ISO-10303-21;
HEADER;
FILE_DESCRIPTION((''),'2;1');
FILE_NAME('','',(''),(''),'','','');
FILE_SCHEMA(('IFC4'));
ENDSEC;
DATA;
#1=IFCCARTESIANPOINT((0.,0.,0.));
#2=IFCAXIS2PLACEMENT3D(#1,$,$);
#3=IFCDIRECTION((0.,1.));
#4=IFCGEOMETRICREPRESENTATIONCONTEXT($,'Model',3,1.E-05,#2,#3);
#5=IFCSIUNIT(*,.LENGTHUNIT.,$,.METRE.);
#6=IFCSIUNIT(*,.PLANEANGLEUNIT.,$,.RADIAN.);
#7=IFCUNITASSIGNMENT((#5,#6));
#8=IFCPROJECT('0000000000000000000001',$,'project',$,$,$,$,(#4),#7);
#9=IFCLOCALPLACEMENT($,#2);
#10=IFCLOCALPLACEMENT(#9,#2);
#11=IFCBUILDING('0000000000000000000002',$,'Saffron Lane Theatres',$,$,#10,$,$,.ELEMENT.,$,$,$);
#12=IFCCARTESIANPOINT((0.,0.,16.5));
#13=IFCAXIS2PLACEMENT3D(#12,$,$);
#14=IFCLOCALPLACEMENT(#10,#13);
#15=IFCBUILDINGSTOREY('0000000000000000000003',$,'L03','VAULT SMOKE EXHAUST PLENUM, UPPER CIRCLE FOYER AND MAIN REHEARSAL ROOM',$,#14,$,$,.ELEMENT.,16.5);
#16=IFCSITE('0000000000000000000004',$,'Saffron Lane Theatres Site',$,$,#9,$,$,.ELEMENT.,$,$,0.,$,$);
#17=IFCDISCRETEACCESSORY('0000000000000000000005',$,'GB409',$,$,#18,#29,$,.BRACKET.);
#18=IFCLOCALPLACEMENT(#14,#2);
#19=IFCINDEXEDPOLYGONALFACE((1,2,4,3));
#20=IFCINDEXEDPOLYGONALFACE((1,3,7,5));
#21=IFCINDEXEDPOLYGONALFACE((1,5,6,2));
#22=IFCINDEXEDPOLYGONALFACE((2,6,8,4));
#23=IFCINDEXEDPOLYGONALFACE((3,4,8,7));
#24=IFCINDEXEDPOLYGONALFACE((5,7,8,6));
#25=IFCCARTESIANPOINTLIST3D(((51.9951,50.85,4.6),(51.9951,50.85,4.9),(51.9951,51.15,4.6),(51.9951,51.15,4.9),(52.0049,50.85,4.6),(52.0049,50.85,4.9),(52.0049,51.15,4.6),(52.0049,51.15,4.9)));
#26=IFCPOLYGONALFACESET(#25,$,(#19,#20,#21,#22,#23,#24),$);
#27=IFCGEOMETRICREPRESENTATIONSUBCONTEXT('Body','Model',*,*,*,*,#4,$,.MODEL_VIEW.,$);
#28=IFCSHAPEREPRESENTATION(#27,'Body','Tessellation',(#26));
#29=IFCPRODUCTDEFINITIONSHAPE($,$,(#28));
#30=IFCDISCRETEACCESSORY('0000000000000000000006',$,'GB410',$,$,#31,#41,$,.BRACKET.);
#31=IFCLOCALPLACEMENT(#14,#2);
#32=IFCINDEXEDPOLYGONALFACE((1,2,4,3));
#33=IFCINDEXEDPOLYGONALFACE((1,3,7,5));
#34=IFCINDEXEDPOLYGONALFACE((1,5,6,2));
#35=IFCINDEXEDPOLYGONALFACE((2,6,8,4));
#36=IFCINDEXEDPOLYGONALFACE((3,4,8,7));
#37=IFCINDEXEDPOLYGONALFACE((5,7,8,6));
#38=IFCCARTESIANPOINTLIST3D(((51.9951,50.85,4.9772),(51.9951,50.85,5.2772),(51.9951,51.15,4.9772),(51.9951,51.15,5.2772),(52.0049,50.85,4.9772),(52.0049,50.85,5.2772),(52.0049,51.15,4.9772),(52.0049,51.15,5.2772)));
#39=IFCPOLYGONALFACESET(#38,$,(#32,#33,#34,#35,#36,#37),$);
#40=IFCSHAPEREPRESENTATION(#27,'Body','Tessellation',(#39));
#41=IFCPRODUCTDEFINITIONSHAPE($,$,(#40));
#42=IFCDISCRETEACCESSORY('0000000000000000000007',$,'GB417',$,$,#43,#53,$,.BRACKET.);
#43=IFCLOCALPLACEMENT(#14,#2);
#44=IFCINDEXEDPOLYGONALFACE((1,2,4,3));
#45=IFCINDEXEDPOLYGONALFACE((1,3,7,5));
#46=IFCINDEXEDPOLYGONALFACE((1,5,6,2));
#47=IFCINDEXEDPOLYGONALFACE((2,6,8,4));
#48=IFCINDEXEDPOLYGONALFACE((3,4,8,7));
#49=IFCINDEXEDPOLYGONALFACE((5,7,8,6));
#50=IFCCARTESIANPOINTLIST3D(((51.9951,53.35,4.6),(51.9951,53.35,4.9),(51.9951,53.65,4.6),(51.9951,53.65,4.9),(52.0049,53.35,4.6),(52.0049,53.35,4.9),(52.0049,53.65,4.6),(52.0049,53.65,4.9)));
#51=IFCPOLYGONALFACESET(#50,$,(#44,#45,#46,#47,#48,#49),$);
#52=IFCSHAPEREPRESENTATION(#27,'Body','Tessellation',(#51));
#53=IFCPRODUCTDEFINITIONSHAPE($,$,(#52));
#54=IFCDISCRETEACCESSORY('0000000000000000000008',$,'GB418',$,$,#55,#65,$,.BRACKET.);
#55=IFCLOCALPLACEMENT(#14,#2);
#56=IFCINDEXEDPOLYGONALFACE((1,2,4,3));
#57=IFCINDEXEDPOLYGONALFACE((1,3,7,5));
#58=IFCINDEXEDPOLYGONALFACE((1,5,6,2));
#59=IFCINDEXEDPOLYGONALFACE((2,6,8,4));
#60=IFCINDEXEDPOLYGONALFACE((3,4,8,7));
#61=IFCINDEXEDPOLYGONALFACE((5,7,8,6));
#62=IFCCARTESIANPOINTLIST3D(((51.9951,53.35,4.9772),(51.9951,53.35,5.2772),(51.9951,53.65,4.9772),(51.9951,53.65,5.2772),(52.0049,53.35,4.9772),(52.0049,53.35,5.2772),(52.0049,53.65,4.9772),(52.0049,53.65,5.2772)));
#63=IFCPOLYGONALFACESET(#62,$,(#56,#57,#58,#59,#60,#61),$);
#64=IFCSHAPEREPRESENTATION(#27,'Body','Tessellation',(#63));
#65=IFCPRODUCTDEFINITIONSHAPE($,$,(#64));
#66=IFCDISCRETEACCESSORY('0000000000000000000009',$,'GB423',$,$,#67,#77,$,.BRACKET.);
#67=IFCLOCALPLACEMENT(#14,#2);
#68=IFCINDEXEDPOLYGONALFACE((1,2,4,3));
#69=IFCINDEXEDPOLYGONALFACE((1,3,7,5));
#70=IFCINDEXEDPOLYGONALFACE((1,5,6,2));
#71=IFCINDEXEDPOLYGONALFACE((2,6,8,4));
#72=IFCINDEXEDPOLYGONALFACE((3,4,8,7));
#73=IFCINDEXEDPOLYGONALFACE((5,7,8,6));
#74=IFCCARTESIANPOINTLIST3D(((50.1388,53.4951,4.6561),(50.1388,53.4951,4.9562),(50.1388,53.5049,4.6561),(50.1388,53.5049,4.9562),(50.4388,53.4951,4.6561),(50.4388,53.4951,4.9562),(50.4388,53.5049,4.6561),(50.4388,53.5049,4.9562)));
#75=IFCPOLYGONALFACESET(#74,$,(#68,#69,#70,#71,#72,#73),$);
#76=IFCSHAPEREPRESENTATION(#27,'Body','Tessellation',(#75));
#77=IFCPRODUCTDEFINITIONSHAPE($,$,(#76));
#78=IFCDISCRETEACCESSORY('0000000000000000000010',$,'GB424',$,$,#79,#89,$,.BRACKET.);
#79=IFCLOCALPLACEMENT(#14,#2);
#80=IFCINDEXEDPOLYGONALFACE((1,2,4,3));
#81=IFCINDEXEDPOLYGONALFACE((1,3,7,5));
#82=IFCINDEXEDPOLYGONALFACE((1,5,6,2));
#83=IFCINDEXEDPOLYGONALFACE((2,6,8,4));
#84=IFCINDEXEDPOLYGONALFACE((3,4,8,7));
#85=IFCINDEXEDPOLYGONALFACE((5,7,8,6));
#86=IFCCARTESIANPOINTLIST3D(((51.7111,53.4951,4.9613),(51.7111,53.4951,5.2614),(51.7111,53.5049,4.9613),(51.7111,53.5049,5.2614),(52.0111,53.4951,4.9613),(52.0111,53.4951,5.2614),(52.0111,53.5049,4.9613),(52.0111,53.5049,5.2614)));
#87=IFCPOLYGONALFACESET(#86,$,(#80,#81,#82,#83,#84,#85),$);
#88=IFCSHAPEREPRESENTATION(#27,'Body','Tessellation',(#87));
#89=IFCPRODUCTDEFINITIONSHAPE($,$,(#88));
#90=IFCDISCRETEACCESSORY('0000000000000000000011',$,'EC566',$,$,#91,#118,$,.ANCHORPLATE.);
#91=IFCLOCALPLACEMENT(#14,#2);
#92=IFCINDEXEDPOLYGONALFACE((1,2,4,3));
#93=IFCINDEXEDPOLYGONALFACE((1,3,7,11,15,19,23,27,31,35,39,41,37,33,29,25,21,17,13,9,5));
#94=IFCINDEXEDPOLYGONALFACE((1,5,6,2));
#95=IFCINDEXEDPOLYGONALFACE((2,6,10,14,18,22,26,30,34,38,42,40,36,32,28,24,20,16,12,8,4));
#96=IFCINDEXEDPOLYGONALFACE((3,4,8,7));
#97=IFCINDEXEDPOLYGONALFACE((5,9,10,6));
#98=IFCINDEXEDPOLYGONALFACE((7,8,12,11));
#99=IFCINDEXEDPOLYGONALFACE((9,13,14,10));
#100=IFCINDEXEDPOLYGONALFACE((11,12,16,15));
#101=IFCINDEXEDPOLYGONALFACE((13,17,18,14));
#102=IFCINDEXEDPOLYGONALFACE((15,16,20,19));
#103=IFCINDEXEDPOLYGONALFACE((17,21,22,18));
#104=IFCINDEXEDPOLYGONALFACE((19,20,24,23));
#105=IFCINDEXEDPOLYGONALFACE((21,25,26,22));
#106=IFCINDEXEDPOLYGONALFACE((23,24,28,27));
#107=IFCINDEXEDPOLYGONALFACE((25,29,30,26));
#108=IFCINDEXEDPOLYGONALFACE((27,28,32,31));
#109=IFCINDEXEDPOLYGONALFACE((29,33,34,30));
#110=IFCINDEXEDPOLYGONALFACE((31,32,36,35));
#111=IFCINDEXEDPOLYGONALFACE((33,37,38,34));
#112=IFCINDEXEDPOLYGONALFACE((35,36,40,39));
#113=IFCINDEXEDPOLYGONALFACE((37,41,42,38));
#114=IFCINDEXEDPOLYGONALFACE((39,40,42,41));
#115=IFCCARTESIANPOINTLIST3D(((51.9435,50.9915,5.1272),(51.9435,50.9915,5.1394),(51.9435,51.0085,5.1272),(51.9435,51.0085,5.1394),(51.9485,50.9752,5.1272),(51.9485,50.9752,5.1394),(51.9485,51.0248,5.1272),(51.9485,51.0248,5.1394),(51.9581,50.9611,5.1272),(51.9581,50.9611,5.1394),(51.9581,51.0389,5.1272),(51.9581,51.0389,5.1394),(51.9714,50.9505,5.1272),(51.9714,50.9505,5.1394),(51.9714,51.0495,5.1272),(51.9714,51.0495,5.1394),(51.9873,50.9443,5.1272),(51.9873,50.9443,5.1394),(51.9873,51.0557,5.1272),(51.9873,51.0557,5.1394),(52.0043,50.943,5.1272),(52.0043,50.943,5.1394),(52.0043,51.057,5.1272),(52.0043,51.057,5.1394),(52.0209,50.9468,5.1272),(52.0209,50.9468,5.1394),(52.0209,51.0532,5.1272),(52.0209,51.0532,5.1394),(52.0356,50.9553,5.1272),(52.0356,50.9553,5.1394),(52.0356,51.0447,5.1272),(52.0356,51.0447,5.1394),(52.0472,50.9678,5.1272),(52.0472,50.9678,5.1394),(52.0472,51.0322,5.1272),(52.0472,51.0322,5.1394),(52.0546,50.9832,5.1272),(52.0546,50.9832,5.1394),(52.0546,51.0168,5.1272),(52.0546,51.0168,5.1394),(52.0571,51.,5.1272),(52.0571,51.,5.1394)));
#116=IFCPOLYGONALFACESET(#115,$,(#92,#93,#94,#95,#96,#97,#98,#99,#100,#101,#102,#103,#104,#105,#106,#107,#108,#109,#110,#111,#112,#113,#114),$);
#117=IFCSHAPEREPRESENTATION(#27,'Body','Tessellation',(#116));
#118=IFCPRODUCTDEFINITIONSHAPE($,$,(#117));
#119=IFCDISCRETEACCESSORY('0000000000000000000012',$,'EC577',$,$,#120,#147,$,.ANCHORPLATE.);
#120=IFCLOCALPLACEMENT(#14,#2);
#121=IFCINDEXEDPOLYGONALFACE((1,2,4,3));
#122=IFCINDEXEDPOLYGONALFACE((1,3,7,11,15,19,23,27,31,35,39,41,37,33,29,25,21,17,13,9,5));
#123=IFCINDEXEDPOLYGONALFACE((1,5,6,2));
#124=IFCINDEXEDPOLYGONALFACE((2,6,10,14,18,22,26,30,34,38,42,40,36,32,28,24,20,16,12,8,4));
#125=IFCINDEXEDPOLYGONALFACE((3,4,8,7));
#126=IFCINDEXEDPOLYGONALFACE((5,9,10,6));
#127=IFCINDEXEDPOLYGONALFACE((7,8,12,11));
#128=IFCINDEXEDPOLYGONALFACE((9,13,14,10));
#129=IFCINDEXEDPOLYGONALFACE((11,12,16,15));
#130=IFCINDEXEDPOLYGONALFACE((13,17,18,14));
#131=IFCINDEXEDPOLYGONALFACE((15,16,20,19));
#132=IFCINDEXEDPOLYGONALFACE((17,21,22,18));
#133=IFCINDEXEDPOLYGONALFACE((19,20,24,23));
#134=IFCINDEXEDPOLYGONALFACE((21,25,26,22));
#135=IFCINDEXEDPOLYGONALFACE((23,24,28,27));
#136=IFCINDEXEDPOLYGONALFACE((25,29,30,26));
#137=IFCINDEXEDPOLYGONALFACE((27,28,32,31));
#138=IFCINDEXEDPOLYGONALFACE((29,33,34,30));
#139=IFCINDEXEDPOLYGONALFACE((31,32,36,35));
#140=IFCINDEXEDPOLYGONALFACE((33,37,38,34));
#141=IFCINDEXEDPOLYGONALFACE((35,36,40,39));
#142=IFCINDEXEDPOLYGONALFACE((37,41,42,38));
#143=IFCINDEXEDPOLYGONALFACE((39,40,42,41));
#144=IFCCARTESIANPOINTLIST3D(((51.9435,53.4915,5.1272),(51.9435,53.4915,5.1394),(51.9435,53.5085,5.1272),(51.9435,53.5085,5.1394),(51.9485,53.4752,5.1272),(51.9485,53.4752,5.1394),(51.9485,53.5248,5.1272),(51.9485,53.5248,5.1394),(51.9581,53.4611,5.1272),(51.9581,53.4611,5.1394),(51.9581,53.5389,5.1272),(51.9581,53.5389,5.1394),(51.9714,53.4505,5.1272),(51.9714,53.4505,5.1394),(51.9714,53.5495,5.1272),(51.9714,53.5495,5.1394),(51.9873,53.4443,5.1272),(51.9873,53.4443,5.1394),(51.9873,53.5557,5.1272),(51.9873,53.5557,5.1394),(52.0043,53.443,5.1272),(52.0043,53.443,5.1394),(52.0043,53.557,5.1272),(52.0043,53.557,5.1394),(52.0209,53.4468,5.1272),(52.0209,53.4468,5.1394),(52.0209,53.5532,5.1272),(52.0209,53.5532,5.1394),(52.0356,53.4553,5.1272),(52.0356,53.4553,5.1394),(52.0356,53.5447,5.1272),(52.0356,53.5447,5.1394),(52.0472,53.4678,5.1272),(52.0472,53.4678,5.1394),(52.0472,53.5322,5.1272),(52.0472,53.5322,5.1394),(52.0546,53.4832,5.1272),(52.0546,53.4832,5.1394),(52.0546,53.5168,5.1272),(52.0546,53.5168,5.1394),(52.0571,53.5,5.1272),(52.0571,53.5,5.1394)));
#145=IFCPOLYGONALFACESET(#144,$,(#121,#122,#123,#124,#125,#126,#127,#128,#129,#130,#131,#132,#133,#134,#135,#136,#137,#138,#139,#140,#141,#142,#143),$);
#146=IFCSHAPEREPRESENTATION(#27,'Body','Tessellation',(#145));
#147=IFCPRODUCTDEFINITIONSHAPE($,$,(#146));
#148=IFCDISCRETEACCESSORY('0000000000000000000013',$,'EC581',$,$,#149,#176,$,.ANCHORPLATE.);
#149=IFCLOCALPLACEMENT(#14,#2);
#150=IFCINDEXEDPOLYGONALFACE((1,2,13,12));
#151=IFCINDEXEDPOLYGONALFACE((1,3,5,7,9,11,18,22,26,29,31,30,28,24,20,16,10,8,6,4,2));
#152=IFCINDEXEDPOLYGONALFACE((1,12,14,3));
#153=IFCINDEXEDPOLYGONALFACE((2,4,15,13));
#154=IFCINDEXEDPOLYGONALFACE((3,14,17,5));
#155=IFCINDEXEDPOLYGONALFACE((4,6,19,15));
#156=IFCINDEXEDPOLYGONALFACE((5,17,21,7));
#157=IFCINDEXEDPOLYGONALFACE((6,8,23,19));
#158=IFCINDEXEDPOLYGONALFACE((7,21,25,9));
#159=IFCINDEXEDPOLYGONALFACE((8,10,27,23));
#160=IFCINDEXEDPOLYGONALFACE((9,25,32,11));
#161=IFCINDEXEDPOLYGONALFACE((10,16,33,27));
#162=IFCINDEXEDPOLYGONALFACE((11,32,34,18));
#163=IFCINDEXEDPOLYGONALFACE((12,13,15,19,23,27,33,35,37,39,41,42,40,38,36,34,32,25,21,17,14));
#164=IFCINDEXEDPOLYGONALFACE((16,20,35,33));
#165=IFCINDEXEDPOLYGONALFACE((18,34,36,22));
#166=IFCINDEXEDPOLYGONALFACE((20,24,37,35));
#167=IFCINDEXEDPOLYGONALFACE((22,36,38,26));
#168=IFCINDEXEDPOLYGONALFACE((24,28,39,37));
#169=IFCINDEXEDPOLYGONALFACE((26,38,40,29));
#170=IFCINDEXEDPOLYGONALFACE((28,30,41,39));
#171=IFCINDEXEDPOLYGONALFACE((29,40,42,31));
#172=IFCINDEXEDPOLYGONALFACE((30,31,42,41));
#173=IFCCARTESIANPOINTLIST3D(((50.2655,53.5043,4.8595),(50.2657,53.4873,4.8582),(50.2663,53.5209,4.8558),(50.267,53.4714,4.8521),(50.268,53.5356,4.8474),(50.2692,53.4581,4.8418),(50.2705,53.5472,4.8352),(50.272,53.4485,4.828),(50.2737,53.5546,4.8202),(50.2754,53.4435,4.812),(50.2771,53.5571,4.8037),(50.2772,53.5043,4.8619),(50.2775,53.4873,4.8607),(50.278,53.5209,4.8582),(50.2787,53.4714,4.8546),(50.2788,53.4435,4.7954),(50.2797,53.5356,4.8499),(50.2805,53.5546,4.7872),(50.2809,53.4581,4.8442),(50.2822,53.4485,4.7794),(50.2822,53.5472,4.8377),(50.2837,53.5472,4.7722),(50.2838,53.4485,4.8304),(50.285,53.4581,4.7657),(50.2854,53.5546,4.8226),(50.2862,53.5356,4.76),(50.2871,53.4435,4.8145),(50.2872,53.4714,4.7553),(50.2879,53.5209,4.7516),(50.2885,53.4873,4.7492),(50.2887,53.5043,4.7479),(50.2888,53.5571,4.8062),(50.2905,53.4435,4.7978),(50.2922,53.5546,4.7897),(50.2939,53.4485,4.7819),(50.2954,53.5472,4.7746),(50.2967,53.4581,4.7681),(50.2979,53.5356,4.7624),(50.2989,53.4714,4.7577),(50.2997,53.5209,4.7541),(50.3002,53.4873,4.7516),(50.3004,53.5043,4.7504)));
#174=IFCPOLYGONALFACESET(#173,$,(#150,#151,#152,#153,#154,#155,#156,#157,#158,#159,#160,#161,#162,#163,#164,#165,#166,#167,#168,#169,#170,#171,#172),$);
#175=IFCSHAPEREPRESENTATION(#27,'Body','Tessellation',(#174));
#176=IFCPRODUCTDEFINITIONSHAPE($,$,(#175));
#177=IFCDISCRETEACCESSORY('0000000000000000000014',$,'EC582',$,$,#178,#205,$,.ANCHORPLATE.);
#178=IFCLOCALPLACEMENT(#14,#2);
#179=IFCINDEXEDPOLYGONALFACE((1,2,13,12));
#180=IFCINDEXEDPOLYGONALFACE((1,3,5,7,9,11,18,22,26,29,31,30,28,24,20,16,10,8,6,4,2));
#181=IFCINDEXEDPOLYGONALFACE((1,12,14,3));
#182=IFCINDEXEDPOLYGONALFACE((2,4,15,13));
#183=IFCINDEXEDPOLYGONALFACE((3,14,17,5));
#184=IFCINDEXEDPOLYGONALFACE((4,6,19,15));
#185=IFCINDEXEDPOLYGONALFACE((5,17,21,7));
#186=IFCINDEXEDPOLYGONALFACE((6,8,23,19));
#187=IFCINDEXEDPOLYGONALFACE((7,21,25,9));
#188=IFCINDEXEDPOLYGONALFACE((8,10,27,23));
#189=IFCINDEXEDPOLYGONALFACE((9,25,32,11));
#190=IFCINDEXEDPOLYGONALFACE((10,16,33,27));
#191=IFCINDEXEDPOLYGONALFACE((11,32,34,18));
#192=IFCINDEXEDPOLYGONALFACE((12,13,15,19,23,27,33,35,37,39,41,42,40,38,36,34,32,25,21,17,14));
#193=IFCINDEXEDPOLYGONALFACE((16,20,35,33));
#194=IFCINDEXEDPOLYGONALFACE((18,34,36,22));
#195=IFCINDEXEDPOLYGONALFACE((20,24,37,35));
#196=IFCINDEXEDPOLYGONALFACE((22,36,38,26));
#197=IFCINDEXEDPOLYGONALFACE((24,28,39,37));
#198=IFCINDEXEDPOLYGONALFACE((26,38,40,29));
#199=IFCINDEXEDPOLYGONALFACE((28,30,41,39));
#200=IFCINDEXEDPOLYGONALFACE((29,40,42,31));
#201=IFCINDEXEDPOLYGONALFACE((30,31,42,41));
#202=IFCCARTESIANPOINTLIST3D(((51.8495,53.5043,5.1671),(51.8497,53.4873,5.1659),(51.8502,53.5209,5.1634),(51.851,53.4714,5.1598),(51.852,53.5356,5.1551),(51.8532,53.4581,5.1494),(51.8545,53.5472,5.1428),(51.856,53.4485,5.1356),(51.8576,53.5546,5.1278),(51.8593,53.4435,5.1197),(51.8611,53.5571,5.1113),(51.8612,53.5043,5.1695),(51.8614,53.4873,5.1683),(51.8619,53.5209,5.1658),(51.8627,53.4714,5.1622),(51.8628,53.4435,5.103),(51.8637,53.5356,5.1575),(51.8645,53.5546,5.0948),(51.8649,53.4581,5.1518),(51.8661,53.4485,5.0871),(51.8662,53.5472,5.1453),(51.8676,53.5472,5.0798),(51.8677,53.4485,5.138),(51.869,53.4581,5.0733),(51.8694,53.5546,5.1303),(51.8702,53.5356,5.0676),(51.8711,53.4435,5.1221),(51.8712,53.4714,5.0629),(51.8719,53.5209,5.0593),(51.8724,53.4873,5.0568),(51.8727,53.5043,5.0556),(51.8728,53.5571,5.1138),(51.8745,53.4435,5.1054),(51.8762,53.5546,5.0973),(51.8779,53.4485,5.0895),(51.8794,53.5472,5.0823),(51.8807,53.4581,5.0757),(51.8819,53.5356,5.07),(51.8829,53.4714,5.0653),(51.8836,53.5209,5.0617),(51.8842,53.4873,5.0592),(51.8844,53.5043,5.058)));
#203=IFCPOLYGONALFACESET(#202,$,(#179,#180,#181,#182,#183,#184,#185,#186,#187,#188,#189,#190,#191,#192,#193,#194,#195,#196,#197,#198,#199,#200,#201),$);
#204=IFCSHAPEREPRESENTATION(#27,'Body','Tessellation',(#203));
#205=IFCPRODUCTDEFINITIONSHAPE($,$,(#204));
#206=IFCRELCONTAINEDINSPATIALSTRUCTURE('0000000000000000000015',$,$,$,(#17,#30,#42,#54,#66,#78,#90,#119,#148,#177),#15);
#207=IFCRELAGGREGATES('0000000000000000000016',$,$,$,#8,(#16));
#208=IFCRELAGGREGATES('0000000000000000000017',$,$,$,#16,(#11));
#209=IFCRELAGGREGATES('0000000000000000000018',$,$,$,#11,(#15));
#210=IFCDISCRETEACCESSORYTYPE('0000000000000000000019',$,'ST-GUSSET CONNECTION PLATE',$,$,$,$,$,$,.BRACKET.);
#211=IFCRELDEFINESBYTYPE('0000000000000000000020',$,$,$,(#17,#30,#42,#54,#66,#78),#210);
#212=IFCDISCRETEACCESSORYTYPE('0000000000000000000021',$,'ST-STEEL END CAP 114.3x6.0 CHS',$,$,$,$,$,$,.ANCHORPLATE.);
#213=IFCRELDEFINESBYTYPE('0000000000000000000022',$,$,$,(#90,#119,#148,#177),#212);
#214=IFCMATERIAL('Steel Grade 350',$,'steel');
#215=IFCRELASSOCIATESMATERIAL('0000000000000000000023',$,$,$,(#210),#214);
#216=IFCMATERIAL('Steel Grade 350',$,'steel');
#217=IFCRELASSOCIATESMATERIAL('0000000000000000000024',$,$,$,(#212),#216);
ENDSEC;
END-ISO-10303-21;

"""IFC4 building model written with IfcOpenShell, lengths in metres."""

from ifc_helpers import new_model, si_unit, direction, frame, origin, origin_2d, place, context, subcontext, project, spatial, rectangle, circle, extrude, material, material_profile, profile_set, type_object, element, save


model = new_model("IFC4")

# Units and contexts
model_context = context("Model", 3, precision=1e-05, world=origin(), true_north=direction((0.0, 1.0)))
body_context = subcontext(model_context, "Body", "Model", "MODEL_VIEW")
ifc_project = project(units=[si_unit("LENGTHUNIT", "METRE"), si_unit("PLANEANGLEUNIT", "RADIAN")], contexts=[model_context])

# Site, building, storey
site_placement = place(None, origin())
site = spatial("IfcSite", under=ifc_project, at=site_placement, Name="Saffron Lane Theatres Site", CompositionType="ELEMENT", RefElevation=0.0)
building_placement = place(site_placement, origin())
building = spatial("IfcBuilding", under=site, at=building_placement, Name="Saffron Lane Theatres", CompositionType="ELEMENT")
storey_placement = place(building_placement, frame((0.0, 0.0, 16.5)))
storey = spatial("IfcBuildingStorey", under=building, at=storey_placement, Name="L03", Description="VAULT SMOKE EXHAUST PLENUM, UPPER CIRCLE FOYER AND MAIN REHEARSAL ROOM", CompositionType="ELEMENT", Elevation=16.5)

# Discrete accessories
ifc_material_1 = material(Name="Steel Grade 350", Category="steel")
ifc_material_profile_1 = material_profile(ifc_material_1, rectangle(XDim=0.3, YDim=0.3, at=origin_2d()))
ifc_profile_set_1 = profile_set([ifc_material_profile_1], Name="Steel Grade 350")
discrete_accessory_type_1 = type_object("IfcDiscreteAccessoryType", Name="ST-GUSSET CONNECTION PLATE", PredefinedType="BRACKET", material=ifc_profile_set_1)
for number, where, z_axis, x_axis, name in (
    (1, (51.9951, 51.0, 4.75), (1.0, 0.0, 0.0), (0.0, 1.0, 0.0), "GB409"),
    (2, (51.9951, 51.0, 5.1272), (1.0, 0.0, 0.0), (0.0, 1.0, 0.0), "GB410"),
    (3, (51.9951, 53.5, 4.75), (1.0, 0.0, 0.0), (0.0, 1.0, 0.0), "GB417"),
    (4, (51.9951, 53.5, 5.1272), (1.0, 0.0, 0.0), (0.0, 1.0, 0.0), "GB418"),
    (5, (50.2888, 53.4951, 4.8062), (0.0, 1.0, 0.0), (-1.0, 0.0, 0.0), "GB423"),
    (6, (51.8611, 53.4951, 5.1113), (0.0, 1.0, 0.0), (-1.0, 0.0, 0.0), "GB424"),
):
    element("IfcDiscreteAccessory", number, at=place(storey_placement, frame(where, z_axis=z_axis, x_axis=x_axis)), inside=storey, type_object=discrete_accessory_type_1, Name=name, PredefinedType="BRACKET", context=body_context, shape_type="SweptSolid", body=[
        extrude(rectangle(XDim=0.3, YDim=0.3, at=origin_2d()), origin(), (0.0, 0.0, 1.0), 0.0098),
    ])
ifc_material_2 = material(Name="Steel Grade 350", Category="steel")
ifc_material_profile_2 = material_profile(ifc_material_2, circle(Radius=0.0571, at=origin_2d()))
ifc_profile_set_2 = profile_set([ifc_material_profile_2], Name="Steel Grade 350")
discrete_accessory_type_2 = type_object("IfcDiscreteAccessoryType", Name="ST-STEEL END CAP 114.3x6.0 CHS", PredefinedType="ANCHORPLATE", material=ifc_profile_set_2)
for number, where, z_axis, x_axis, name in (
    (7, (52.0, 51.0, 5.1272), (0.0, 0.0, 1.0), (1.0, 0.0, 0.0), "EC566"),
    (8, (52.0, 53.5, 5.1272), (0.0, 0.0, 1.0), (1.0, 0.0, 0.0), "EC577"),
):
    element("IfcDiscreteAccessory", number, at=place(storey_placement, frame(where, z_axis=z_axis, x_axis=x_axis)), inside=storey, type_object=discrete_accessory_type_2, Name=name, PredefinedType="ANCHORPLATE", context=body_context, shape_type="SweptSolid", body=[
        extrude(circle(Radius=0.0571, at=origin_2d()), origin(), (0.0, 0.0, 1.0), 0.0122),
    ])
for number, where, z_axis, x_axis, name in (
    (9, (50.2771, 53.5, 4.8037), (0.97898, 0.0, 0.203954), (0.0, 1.0, 0.0), "EC581"),
    (10, (51.8611, 53.5, 5.1113), (0.97898, 0.0, 0.203954), (0.0, 1.0, 0.0), "EC582"),
):
    element("IfcDiscreteAccessory", number, at=place(storey_placement, frame(where, z_axis=z_axis, x_axis=x_axis)), inside=storey, type_object=discrete_accessory_type_2, Name=name, PredefinedType="ANCHORPLATE", context=body_context, shape_type="SweptSolid", body=[
        extrude(circle(Radius=0.0571, at=origin_2d()), origin(), (0.0, 0.0, 1.0), 0.012),
    ])

save(model, "model.ifc")
